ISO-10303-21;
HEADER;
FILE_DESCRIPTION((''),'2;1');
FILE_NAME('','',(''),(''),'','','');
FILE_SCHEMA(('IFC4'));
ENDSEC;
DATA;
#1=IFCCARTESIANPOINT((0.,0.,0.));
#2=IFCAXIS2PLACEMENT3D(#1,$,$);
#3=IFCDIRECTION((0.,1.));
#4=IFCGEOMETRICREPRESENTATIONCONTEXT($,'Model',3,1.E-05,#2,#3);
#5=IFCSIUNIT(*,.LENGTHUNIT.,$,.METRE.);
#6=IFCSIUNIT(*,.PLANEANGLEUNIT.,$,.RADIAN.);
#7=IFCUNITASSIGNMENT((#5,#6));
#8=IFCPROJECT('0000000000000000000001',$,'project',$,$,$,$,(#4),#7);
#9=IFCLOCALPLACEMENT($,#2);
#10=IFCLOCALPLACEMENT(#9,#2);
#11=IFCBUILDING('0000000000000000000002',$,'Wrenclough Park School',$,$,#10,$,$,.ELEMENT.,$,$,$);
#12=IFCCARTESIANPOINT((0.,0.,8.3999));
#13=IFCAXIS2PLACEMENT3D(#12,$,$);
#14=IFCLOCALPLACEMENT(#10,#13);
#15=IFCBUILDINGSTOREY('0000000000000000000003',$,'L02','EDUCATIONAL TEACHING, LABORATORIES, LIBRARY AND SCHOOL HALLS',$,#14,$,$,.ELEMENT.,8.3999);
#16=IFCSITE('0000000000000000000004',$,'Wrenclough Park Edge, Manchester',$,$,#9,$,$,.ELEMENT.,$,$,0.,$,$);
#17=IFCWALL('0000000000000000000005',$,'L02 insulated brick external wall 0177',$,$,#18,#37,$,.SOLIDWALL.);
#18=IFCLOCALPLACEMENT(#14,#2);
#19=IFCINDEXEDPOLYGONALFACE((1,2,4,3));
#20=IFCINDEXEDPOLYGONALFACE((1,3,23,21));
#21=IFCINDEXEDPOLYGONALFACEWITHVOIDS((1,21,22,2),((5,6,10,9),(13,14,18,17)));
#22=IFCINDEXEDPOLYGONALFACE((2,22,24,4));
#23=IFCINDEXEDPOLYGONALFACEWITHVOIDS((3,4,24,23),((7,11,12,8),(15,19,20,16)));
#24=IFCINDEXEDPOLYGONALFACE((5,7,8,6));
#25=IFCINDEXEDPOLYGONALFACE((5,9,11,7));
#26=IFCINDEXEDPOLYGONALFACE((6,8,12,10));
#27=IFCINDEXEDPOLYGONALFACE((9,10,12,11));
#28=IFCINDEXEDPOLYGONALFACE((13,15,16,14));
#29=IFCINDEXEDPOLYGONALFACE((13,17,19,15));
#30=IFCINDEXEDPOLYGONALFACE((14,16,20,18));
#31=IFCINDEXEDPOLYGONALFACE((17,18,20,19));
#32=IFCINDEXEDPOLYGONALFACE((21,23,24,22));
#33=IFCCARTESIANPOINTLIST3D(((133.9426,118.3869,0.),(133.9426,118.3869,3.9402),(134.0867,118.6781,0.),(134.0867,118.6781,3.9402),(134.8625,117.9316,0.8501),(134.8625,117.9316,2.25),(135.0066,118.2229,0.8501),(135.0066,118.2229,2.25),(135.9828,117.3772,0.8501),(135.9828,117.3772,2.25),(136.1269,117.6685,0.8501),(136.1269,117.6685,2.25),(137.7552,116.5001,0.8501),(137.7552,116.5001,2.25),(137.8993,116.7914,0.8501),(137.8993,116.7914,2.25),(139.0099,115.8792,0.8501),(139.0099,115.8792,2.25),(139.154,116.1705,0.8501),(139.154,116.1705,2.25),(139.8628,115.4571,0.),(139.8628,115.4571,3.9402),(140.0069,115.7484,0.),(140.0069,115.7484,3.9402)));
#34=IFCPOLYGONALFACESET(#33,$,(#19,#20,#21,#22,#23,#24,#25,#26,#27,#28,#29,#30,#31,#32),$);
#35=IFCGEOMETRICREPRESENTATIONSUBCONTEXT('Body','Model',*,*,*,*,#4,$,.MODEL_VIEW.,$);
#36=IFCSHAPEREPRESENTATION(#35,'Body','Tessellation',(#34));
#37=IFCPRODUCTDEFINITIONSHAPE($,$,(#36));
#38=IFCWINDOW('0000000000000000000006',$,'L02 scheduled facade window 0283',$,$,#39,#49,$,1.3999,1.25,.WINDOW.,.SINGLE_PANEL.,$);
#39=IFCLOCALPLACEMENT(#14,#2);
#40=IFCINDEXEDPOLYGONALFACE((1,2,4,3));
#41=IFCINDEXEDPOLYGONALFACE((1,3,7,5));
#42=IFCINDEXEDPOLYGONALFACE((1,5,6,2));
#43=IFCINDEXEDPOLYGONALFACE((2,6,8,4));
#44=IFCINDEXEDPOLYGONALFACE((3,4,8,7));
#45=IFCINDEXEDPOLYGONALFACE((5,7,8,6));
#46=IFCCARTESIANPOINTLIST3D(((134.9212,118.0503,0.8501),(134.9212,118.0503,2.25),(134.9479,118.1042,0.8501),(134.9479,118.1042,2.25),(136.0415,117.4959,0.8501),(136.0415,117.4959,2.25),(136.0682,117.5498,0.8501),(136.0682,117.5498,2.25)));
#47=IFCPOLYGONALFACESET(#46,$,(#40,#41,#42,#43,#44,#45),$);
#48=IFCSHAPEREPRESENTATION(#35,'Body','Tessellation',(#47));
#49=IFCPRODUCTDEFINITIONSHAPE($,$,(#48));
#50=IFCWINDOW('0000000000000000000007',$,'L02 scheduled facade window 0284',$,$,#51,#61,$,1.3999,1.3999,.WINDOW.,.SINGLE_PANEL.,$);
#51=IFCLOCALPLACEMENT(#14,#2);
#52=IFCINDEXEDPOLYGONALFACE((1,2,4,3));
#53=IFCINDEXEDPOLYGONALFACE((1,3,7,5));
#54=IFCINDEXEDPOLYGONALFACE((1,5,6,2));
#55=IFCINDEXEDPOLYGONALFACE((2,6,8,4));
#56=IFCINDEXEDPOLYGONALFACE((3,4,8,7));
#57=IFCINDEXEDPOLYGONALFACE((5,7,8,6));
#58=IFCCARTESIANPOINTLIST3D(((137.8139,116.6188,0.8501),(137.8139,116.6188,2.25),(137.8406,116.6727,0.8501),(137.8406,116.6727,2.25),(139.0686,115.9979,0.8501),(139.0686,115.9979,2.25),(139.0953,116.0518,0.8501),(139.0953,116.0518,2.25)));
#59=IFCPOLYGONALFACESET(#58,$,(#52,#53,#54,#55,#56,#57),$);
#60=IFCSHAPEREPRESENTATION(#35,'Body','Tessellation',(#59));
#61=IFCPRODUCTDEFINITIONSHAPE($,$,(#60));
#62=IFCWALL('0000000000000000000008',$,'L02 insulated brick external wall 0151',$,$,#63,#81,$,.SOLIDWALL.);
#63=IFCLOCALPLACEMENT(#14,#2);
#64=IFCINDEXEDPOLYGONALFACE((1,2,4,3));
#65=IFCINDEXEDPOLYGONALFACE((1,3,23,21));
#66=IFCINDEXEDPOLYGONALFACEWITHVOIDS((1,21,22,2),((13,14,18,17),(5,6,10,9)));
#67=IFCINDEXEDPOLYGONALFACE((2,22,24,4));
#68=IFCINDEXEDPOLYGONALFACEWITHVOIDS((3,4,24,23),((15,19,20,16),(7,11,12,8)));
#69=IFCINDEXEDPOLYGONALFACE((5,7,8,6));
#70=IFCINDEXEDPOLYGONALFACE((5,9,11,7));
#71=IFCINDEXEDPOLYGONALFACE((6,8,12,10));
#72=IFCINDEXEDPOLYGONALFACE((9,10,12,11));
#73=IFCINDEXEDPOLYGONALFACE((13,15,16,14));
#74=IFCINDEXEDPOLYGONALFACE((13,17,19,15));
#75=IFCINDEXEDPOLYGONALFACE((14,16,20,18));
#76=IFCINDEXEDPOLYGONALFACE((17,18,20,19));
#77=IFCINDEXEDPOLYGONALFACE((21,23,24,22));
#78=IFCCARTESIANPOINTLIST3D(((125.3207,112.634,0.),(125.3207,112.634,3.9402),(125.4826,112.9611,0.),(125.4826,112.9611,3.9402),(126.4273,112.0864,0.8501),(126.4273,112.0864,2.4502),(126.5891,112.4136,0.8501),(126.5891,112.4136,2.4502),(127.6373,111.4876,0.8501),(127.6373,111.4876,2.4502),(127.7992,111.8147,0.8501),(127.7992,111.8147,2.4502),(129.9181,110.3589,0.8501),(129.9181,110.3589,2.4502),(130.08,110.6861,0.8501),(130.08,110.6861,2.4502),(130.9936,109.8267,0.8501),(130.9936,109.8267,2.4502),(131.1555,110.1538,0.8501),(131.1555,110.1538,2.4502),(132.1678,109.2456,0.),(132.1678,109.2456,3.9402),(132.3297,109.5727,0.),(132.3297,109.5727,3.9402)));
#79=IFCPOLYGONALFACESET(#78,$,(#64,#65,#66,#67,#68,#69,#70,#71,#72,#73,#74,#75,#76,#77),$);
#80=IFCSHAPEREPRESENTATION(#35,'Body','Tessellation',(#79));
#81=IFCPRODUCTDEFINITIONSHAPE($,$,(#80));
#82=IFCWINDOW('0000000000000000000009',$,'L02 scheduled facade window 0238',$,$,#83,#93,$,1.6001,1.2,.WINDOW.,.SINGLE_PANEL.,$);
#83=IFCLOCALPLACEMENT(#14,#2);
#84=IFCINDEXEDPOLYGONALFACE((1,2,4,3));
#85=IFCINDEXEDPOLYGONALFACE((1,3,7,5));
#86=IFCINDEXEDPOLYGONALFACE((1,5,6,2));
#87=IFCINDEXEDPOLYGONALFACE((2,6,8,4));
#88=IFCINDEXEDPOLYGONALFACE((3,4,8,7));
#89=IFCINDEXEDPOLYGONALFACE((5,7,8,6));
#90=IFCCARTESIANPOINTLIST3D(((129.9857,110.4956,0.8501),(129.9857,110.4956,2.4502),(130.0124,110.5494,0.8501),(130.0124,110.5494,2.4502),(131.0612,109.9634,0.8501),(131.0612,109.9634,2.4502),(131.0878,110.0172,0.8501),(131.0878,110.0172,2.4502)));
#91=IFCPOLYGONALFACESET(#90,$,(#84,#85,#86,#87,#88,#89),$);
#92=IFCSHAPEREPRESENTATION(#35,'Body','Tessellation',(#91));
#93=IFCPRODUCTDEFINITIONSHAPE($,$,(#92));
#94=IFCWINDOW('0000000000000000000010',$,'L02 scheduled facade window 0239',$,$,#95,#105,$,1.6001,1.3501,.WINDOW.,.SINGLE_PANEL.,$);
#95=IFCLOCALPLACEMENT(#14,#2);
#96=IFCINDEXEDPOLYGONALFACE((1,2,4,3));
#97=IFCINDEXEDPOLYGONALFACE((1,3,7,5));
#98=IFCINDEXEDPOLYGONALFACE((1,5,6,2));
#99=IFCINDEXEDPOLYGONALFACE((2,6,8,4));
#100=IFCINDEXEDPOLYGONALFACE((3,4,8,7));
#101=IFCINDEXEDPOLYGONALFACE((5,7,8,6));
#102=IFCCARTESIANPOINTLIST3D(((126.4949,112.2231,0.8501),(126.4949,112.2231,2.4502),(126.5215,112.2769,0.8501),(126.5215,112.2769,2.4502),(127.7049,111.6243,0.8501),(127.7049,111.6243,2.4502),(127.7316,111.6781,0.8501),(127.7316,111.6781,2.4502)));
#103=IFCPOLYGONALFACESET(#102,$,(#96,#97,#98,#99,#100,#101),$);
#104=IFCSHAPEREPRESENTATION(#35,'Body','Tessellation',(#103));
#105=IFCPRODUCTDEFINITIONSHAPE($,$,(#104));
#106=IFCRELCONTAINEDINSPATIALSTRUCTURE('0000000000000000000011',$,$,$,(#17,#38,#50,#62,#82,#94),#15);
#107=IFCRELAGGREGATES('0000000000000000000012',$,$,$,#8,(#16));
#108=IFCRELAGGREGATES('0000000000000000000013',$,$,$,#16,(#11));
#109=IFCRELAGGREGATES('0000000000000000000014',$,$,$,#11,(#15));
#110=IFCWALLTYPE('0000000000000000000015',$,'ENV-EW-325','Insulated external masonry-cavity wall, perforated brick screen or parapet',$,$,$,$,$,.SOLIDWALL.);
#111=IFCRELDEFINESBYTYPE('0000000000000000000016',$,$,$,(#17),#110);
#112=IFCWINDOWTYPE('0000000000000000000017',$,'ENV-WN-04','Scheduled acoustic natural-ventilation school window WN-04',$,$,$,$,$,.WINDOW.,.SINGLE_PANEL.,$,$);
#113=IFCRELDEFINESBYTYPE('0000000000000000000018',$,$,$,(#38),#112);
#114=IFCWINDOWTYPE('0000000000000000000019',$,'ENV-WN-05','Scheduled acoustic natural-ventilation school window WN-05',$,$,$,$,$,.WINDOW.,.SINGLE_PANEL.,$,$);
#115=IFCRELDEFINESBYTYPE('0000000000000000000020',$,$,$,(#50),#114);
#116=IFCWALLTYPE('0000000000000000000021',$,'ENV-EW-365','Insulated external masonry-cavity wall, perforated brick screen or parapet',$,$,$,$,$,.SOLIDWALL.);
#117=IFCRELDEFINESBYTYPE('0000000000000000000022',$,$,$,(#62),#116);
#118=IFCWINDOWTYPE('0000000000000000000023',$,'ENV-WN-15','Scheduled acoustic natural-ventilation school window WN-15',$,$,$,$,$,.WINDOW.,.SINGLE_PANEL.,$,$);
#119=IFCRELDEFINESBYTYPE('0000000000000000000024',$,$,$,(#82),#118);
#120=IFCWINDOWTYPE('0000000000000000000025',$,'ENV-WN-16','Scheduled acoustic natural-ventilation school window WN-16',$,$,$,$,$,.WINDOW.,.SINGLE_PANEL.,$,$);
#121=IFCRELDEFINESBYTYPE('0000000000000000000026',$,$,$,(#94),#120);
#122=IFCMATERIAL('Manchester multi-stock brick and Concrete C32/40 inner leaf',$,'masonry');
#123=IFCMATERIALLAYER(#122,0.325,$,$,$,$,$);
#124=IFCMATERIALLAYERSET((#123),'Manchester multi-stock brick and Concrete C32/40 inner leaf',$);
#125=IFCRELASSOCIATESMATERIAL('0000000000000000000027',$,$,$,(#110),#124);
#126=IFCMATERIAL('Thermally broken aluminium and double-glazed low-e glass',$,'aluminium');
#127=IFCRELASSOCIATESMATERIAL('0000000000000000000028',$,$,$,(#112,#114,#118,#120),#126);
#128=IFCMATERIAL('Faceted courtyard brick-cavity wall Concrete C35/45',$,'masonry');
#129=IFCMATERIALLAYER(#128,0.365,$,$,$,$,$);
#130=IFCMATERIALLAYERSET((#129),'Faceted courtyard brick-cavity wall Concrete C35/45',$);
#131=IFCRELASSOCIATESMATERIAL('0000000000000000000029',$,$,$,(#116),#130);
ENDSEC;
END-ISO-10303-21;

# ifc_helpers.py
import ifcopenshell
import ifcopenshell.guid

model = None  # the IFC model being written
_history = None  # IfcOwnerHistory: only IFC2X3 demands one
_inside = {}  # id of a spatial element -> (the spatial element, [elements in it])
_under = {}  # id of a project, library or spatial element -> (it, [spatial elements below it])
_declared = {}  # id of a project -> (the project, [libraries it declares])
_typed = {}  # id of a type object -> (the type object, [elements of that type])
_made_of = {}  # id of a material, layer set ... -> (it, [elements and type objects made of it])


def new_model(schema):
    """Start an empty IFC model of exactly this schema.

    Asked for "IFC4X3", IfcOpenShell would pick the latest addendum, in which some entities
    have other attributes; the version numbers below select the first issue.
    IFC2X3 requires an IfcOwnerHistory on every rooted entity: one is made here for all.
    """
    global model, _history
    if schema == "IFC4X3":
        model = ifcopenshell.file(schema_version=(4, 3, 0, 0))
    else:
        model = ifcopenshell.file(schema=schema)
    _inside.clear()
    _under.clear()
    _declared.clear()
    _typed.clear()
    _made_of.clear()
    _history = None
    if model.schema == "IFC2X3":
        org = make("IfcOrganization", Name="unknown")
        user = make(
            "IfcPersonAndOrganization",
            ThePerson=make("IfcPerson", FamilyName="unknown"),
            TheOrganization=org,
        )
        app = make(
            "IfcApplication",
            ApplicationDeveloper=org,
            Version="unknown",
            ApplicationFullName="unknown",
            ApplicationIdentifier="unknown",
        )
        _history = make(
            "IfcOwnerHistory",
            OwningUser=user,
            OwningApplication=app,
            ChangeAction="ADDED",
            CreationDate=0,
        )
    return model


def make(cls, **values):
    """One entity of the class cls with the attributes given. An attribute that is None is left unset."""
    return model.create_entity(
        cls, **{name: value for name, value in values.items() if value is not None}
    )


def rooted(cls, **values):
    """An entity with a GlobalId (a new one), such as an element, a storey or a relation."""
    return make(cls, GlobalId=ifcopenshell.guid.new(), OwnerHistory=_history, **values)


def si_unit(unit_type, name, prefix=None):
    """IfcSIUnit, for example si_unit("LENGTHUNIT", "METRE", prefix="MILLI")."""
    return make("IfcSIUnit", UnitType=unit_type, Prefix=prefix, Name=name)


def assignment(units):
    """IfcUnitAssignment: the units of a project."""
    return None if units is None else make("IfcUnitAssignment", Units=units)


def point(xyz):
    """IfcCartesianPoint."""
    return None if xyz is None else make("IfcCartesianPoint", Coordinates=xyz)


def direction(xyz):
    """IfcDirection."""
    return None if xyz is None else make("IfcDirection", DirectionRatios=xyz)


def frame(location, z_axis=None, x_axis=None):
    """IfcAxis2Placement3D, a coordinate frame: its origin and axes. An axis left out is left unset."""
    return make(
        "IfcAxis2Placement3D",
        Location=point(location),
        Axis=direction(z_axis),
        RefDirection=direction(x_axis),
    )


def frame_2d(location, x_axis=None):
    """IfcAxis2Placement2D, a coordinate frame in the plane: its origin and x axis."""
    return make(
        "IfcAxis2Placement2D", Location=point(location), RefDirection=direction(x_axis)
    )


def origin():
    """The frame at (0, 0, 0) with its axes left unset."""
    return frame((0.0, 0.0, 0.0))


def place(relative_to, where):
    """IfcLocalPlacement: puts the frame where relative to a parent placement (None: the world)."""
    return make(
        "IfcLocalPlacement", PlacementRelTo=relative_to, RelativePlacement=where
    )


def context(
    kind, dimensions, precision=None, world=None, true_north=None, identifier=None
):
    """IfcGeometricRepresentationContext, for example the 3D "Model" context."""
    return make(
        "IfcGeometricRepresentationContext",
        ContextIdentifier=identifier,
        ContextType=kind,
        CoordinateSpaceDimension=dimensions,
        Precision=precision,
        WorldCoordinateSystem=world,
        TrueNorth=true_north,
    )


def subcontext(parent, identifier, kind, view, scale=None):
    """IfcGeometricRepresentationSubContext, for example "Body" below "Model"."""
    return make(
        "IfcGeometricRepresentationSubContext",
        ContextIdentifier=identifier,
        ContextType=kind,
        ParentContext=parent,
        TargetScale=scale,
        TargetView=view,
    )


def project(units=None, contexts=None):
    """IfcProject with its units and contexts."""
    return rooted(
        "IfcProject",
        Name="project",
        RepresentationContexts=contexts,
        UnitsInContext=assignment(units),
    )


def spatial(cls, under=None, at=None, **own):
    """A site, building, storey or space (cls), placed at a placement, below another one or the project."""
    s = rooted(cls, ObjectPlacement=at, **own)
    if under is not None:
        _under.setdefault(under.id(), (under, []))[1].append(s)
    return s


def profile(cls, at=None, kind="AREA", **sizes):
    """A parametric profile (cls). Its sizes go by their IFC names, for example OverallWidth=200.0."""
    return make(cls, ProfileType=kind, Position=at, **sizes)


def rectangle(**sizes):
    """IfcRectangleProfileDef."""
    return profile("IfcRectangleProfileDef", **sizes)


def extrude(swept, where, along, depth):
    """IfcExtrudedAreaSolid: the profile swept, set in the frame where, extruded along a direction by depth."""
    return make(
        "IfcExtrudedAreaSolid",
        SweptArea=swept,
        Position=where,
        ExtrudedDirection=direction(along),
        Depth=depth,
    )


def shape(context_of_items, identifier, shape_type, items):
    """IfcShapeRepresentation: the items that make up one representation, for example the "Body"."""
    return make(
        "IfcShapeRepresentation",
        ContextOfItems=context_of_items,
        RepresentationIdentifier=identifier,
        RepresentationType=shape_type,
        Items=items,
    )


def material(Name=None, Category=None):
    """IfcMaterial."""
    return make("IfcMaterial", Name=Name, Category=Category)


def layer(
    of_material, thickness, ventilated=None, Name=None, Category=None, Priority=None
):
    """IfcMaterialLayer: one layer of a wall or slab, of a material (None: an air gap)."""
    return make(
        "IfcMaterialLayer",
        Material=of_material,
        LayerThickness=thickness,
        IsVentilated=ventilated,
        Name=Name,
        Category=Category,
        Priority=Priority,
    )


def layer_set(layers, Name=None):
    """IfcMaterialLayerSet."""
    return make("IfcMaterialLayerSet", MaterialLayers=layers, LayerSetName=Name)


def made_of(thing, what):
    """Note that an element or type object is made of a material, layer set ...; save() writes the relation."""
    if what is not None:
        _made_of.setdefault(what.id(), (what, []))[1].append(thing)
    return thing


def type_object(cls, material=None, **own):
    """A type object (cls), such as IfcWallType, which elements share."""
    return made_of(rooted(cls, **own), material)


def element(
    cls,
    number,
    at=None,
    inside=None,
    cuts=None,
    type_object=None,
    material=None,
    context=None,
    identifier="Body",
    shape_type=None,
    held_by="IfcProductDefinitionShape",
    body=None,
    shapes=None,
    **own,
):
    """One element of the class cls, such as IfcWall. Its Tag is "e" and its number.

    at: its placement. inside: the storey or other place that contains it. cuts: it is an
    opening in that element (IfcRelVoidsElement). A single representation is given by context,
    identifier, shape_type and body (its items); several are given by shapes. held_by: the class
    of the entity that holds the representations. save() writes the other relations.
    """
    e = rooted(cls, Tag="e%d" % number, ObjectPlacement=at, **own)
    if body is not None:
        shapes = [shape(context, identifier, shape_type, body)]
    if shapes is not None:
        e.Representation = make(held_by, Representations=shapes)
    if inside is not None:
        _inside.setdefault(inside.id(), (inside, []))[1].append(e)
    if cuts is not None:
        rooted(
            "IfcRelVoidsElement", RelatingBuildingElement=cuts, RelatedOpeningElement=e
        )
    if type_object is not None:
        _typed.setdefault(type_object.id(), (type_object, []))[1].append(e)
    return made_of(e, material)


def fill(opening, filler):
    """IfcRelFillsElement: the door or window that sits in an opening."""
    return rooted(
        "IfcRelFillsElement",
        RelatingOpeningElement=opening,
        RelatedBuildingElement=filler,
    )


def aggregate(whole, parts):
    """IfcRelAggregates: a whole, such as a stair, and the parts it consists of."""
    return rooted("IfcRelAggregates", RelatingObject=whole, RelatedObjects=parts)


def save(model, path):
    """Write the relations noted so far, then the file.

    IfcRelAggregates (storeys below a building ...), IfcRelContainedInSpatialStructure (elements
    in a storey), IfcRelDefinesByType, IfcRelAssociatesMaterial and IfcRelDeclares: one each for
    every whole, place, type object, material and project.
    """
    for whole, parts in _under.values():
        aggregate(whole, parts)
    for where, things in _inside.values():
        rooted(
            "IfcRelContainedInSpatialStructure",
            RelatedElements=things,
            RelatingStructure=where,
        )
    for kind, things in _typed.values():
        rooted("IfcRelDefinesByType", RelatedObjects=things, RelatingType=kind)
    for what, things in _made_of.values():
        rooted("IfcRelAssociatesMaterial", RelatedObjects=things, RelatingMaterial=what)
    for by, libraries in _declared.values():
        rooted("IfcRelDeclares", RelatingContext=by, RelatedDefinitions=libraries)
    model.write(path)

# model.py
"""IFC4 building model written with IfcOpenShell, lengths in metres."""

from ifc_helpers import new_model, si_unit, direction, frame, frame_2d, origin, place, context, subcontext, project, spatial, rectangle, extrude, material, layer, layer_set, type_object, element, fill, save


model = new_model("IFC4")

# Units and contexts
model_context = context("Model", 3, precision=1e-05, world=origin(), true_north=direction((0.0, 1.0)))
body_context = subcontext(model_context, "Body", "Model", "MODEL_VIEW")
ifc_project = project(units=[si_unit("LENGTHUNIT", "METRE"), si_unit("PLANEANGLEUNIT", "RADIAN")], contexts=[model_context])

# Site, building, storey
site_placement = place(None, origin())
site = spatial("IfcSite", under=ifc_project, at=site_placement, Name="Wrenclough Park Edge, Manchester", CompositionType="ELEMENT", RefElevation=0.0)
building_placement = place(site_placement, origin())
building = spatial("IfcBuilding", under=site, at=building_placement, Name="Wrenclough Park School", CompositionType="ELEMENT")
storey_placement = place(building_placement, frame((0.0, 0.0, 8.3999)))
storey = spatial("IfcBuildingStorey", under=building, at=storey_placement, Name="L02", Description="EDUCATIONAL TEACHING, LABORATORIES, LIBRARY AND SCHOOL HALLS", CompositionType="ELEMENT", Elevation=8.3999)

# Walls, openings, windows
ifc_material_1 = material(Name="Thermally broken aluminium and double-glazed low-e glass", Category="aluminium")
ifc_material_2 = material(Name="Manchester multi-stock brick and Concrete C32/40 inner leaf", Category="masonry")
ifc_layer_1 = layer(ifc_material_2, 0.325)
ifc_layer_set_1 = layer_set([ifc_layer_1], Name="Manchester multi-stock brick and Concrete C32/40 inner leaf")
wall_type_1 = type_object("IfcWallType", Name="ENV-EW-325", Description="Insulated external masonry-cavity wall, perforated brick screen or parapet", PredefinedType="SOLIDWALL", material=ifc_layer_set_1)
wall_1_placement = place(storey_placement, frame((134.0146, 118.5325, 0.0), z_axis=(0.0, 0.0, 1.0), x_axis=(0.89626, -0.443529, 0.0)))
wall_1 = element("IfcWall", 1, at=wall_1_placement, inside=storey, type_object=wall_type_1, Name="L02 insulated brick external wall 0177", PredefinedType="SOLIDWALL", context=body_context, shape_type="SweptSolid", body=[
    extrude(rectangle(XDim=6.6055, YDim=0.325, at=frame_2d((3.3027, 0.0))), origin(), (0.0, 0.0, 1.0), 3.9402),
])
opening_1_placement = place(wall_1_placement, frame((1.0264, 0.0, 0.8501)))
opening_1 = element("IfcOpeningElement", 2, at=opening_1_placement, cuts=wall_1, PredefinedType="OPENING", context=body_context, shape_type="SweptSolid", body=[
    extrude(rectangle(XDim=1.25, YDim=1.3999, at=frame_2d((0.625, 0.7))), frame((0.0, 0.1724, 0.0), z_axis=(0.0, -1.0, 0.0), x_axis=(1.0, 0.0, 0.0)), (0.0, 0.0, 1.0), 0.345),
])
opening_2_placement = place(wall_1_placement, frame((4.2539, 0.0, 0.8501)))
opening_2 = element("IfcOpeningElement", 3, at=opening_2_placement, cuts=wall_1, PredefinedType="OPENING", context=body_context, shape_type="SweptSolid", body=[
    extrude(rectangle(XDim=1.3999, YDim=1.3999, at=frame_2d((0.7, 0.7))), frame((0.0, 0.1724, 0.0), z_axis=(0.0, -1.0, 0.0), x_axis=(1.0, 0.0, 0.0)), (0.0, 0.0, 1.0), 0.345),
])
window_type_1 = type_object("IfcWindowType", Name="ENV-WN-04", Description="Scheduled acoustic natural-ventilation school window WN-04", PartitioningType="SINGLE_PANEL", PredefinedType="WINDOW", material=ifc_material_1)
window_1_placement = place(opening_1_placement, origin())
window_1 = element("IfcWindow", 4, at=window_1_placement, inside=storey, type_object=window_type_1, Name="L02 scheduled facade window 0283", OverallHeight=1.3999, OverallWidth=1.25, PartitioningType="SINGLE_PANEL", PredefinedType="WINDOW", context=body_context, shape_type="SweptSolid", body=[
    extrude(rectangle(XDim=1.25, YDim=1.3999, at=frame_2d((0.625, 0.7))), frame((0.0, 0.03, 0.0), z_axis=(0.0, -1.0, 0.0), x_axis=(1.0, 0.0, 0.0)), (0.0, 0.0, 1.0), 0.0601),
])
fill(opening_1, window_1)
window_type_2 = type_object("IfcWindowType", Name="ENV-WN-05", Description="Scheduled acoustic natural-ventilation school window WN-05", PartitioningType="SINGLE_PANEL", PredefinedType="WINDOW", material=ifc_material_1)
window_2_placement = place(opening_2_placement, origin())
window_2 = element("IfcWindow", 5, at=window_2_placement, inside=storey, type_object=window_type_2, Name="L02 scheduled facade window 0284", OverallHeight=1.3999, OverallWidth=1.3999, PartitioningType="SINGLE_PANEL", PredefinedType="WINDOW", context=body_context, shape_type="SweptSolid", body=[
    extrude(rectangle(XDim=1.3999, YDim=1.3999, at=frame_2d((0.7, 0.7))), frame((0.0, 0.03, 0.0), z_axis=(0.0, -1.0, 0.0), x_axis=(1.0, 0.0, 0.0)), (0.0, 0.0, 1.0), 0.0601),
])
fill(opening_2, window_2)
ifc_material_3 = material(Name="Faceted courtyard brick-cavity wall Concrete C35/45", Category="masonry")
ifc_layer_2 = layer(ifc_material_3, 0.365)
ifc_layer_set_2 = layer_set([ifc_layer_2], Name="Faceted courtyard brick-cavity wall Concrete C35/45")
wall_type_2 = type_object("IfcWallType", Name="ENV-EW-365", Description="Insulated external masonry-cavity wall, perforated brick screen or parapet", PredefinedType="SOLIDWALL", material=ifc_layer_set_2)
wall_2_placement = place(storey_placement, frame((132.2488, 109.4092, 0.0), z_axis=(0.0, 0.0, 1.0), x_axis=(-0.89626, 0.443528, 0.0)))
wall_2 = element("IfcWall", 6, at=wall_2_placement, inside=storey, type_object=wall_type_2, Name="L02 insulated brick external wall 0151", PredefinedType="SOLIDWALL", context=body_context, shape_type="SweptSolid", body=[
    extrude(rectangle(XDim=7.6396, YDim=0.365, at=frame_2d((3.8198, 0.0))), origin(), (0.0, 0.0, 1.0), 3.9402),
])
opening_3_placement = place(wall_2_placement, frame((1.3101, 0.0, 0.8501)))
opening_3 = element("IfcOpeningElement", 7, at=opening_3_placement, cuts=wall_2, PredefinedType="OPENING", context=body_context, shape_type="SweptSolid", body=[
    extrude(rectangle(XDim=1.2, YDim=1.6001, at=frame_2d((0.6001, 0.8))), frame((0.0, 0.1924, 0.0), z_axis=(0.0, -1.0, 0.0), x_axis=(1.0, 0.0, 0.0)), (0.0, 0.0, 1.0), 0.385),
])
opening_4_placement = place(wall_2_placement, frame((5.0549, 0.0, 0.8501)))
opening_4 = element("IfcOpeningElement", 8, at=opening_4_placement, cuts=wall_2, PredefinedType="OPENING", context=body_context, shape_type="SweptSolid", body=[
    extrude(rectangle(XDim=1.3501, YDim=1.6001, at=frame_2d((0.675, 0.8))), frame((0.0, 0.1924, 0.0), z_axis=(0.0, -1.0, 0.0), x_axis=(1.0, 0.0, 0.0)), (0.0, 0.0, 1.0), 0.385),
])
window_type_3 = type_object("IfcWindowType", Name="ENV-WN-15", Description="Scheduled acoustic natural-ventilation school window WN-15", PartitioningType="SINGLE_PANEL", PredefinedType="WINDOW", material=ifc_material_1)
window_3_placement = place(opening_3_placement, origin())
window_3 = element("IfcWindow", 9, at=window_3_placement, inside=storey, type_object=window_type_3, Name="L02 scheduled facade window 0238", OverallHeight=1.6001, OverallWidth=1.2, PartitioningType="SINGLE_PANEL", PredefinedType="WINDOW", context=body_context, shape_type="SweptSolid", body=[
    extrude(rectangle(XDim=1.2, YDim=1.6001, at=frame_2d((0.6001, 0.8))), frame((0.0, 0.03, 0.0), z_axis=(0.0, -1.0, 0.0), x_axis=(1.0, 0.0, 0.0)), (0.0, 0.0, 1.0), 0.0601),
])
fill(opening_3, window_3)
window_type_4 = type_object("IfcWindowType", Name="ENV-WN-16", Description="Scheduled acoustic natural-ventilation school window WN-16", PartitioningType="SINGLE_PANEL", PredefinedType="WINDOW", material=ifc_material_1)
window_4_placement = place(opening_4_placement, origin())
window_4 = element("IfcWindow", 10, at=window_4_placement, inside=storey, type_object=window_type_4, Name="L02 scheduled facade window 0239", OverallHeight=1.6001, OverallWidth=1.3501, PartitioningType="SINGLE_PANEL", PredefinedType="WINDOW", context=body_context, shape_type="SweptSolid", body=[
    extrude(rectangle(XDim=1.3501, YDim=1.6001, at=frame_2d((0.675, 0.8))), frame((0.0, 0.03, 0.0), z_axis=(0.0, -1.0, 0.0), x_axis=(1.0, 0.0, 0.0)), (0.0, 0.0, 1.0), 0.0601),
])
fill(opening_4, window_4)

save(model, "model.ifc")
